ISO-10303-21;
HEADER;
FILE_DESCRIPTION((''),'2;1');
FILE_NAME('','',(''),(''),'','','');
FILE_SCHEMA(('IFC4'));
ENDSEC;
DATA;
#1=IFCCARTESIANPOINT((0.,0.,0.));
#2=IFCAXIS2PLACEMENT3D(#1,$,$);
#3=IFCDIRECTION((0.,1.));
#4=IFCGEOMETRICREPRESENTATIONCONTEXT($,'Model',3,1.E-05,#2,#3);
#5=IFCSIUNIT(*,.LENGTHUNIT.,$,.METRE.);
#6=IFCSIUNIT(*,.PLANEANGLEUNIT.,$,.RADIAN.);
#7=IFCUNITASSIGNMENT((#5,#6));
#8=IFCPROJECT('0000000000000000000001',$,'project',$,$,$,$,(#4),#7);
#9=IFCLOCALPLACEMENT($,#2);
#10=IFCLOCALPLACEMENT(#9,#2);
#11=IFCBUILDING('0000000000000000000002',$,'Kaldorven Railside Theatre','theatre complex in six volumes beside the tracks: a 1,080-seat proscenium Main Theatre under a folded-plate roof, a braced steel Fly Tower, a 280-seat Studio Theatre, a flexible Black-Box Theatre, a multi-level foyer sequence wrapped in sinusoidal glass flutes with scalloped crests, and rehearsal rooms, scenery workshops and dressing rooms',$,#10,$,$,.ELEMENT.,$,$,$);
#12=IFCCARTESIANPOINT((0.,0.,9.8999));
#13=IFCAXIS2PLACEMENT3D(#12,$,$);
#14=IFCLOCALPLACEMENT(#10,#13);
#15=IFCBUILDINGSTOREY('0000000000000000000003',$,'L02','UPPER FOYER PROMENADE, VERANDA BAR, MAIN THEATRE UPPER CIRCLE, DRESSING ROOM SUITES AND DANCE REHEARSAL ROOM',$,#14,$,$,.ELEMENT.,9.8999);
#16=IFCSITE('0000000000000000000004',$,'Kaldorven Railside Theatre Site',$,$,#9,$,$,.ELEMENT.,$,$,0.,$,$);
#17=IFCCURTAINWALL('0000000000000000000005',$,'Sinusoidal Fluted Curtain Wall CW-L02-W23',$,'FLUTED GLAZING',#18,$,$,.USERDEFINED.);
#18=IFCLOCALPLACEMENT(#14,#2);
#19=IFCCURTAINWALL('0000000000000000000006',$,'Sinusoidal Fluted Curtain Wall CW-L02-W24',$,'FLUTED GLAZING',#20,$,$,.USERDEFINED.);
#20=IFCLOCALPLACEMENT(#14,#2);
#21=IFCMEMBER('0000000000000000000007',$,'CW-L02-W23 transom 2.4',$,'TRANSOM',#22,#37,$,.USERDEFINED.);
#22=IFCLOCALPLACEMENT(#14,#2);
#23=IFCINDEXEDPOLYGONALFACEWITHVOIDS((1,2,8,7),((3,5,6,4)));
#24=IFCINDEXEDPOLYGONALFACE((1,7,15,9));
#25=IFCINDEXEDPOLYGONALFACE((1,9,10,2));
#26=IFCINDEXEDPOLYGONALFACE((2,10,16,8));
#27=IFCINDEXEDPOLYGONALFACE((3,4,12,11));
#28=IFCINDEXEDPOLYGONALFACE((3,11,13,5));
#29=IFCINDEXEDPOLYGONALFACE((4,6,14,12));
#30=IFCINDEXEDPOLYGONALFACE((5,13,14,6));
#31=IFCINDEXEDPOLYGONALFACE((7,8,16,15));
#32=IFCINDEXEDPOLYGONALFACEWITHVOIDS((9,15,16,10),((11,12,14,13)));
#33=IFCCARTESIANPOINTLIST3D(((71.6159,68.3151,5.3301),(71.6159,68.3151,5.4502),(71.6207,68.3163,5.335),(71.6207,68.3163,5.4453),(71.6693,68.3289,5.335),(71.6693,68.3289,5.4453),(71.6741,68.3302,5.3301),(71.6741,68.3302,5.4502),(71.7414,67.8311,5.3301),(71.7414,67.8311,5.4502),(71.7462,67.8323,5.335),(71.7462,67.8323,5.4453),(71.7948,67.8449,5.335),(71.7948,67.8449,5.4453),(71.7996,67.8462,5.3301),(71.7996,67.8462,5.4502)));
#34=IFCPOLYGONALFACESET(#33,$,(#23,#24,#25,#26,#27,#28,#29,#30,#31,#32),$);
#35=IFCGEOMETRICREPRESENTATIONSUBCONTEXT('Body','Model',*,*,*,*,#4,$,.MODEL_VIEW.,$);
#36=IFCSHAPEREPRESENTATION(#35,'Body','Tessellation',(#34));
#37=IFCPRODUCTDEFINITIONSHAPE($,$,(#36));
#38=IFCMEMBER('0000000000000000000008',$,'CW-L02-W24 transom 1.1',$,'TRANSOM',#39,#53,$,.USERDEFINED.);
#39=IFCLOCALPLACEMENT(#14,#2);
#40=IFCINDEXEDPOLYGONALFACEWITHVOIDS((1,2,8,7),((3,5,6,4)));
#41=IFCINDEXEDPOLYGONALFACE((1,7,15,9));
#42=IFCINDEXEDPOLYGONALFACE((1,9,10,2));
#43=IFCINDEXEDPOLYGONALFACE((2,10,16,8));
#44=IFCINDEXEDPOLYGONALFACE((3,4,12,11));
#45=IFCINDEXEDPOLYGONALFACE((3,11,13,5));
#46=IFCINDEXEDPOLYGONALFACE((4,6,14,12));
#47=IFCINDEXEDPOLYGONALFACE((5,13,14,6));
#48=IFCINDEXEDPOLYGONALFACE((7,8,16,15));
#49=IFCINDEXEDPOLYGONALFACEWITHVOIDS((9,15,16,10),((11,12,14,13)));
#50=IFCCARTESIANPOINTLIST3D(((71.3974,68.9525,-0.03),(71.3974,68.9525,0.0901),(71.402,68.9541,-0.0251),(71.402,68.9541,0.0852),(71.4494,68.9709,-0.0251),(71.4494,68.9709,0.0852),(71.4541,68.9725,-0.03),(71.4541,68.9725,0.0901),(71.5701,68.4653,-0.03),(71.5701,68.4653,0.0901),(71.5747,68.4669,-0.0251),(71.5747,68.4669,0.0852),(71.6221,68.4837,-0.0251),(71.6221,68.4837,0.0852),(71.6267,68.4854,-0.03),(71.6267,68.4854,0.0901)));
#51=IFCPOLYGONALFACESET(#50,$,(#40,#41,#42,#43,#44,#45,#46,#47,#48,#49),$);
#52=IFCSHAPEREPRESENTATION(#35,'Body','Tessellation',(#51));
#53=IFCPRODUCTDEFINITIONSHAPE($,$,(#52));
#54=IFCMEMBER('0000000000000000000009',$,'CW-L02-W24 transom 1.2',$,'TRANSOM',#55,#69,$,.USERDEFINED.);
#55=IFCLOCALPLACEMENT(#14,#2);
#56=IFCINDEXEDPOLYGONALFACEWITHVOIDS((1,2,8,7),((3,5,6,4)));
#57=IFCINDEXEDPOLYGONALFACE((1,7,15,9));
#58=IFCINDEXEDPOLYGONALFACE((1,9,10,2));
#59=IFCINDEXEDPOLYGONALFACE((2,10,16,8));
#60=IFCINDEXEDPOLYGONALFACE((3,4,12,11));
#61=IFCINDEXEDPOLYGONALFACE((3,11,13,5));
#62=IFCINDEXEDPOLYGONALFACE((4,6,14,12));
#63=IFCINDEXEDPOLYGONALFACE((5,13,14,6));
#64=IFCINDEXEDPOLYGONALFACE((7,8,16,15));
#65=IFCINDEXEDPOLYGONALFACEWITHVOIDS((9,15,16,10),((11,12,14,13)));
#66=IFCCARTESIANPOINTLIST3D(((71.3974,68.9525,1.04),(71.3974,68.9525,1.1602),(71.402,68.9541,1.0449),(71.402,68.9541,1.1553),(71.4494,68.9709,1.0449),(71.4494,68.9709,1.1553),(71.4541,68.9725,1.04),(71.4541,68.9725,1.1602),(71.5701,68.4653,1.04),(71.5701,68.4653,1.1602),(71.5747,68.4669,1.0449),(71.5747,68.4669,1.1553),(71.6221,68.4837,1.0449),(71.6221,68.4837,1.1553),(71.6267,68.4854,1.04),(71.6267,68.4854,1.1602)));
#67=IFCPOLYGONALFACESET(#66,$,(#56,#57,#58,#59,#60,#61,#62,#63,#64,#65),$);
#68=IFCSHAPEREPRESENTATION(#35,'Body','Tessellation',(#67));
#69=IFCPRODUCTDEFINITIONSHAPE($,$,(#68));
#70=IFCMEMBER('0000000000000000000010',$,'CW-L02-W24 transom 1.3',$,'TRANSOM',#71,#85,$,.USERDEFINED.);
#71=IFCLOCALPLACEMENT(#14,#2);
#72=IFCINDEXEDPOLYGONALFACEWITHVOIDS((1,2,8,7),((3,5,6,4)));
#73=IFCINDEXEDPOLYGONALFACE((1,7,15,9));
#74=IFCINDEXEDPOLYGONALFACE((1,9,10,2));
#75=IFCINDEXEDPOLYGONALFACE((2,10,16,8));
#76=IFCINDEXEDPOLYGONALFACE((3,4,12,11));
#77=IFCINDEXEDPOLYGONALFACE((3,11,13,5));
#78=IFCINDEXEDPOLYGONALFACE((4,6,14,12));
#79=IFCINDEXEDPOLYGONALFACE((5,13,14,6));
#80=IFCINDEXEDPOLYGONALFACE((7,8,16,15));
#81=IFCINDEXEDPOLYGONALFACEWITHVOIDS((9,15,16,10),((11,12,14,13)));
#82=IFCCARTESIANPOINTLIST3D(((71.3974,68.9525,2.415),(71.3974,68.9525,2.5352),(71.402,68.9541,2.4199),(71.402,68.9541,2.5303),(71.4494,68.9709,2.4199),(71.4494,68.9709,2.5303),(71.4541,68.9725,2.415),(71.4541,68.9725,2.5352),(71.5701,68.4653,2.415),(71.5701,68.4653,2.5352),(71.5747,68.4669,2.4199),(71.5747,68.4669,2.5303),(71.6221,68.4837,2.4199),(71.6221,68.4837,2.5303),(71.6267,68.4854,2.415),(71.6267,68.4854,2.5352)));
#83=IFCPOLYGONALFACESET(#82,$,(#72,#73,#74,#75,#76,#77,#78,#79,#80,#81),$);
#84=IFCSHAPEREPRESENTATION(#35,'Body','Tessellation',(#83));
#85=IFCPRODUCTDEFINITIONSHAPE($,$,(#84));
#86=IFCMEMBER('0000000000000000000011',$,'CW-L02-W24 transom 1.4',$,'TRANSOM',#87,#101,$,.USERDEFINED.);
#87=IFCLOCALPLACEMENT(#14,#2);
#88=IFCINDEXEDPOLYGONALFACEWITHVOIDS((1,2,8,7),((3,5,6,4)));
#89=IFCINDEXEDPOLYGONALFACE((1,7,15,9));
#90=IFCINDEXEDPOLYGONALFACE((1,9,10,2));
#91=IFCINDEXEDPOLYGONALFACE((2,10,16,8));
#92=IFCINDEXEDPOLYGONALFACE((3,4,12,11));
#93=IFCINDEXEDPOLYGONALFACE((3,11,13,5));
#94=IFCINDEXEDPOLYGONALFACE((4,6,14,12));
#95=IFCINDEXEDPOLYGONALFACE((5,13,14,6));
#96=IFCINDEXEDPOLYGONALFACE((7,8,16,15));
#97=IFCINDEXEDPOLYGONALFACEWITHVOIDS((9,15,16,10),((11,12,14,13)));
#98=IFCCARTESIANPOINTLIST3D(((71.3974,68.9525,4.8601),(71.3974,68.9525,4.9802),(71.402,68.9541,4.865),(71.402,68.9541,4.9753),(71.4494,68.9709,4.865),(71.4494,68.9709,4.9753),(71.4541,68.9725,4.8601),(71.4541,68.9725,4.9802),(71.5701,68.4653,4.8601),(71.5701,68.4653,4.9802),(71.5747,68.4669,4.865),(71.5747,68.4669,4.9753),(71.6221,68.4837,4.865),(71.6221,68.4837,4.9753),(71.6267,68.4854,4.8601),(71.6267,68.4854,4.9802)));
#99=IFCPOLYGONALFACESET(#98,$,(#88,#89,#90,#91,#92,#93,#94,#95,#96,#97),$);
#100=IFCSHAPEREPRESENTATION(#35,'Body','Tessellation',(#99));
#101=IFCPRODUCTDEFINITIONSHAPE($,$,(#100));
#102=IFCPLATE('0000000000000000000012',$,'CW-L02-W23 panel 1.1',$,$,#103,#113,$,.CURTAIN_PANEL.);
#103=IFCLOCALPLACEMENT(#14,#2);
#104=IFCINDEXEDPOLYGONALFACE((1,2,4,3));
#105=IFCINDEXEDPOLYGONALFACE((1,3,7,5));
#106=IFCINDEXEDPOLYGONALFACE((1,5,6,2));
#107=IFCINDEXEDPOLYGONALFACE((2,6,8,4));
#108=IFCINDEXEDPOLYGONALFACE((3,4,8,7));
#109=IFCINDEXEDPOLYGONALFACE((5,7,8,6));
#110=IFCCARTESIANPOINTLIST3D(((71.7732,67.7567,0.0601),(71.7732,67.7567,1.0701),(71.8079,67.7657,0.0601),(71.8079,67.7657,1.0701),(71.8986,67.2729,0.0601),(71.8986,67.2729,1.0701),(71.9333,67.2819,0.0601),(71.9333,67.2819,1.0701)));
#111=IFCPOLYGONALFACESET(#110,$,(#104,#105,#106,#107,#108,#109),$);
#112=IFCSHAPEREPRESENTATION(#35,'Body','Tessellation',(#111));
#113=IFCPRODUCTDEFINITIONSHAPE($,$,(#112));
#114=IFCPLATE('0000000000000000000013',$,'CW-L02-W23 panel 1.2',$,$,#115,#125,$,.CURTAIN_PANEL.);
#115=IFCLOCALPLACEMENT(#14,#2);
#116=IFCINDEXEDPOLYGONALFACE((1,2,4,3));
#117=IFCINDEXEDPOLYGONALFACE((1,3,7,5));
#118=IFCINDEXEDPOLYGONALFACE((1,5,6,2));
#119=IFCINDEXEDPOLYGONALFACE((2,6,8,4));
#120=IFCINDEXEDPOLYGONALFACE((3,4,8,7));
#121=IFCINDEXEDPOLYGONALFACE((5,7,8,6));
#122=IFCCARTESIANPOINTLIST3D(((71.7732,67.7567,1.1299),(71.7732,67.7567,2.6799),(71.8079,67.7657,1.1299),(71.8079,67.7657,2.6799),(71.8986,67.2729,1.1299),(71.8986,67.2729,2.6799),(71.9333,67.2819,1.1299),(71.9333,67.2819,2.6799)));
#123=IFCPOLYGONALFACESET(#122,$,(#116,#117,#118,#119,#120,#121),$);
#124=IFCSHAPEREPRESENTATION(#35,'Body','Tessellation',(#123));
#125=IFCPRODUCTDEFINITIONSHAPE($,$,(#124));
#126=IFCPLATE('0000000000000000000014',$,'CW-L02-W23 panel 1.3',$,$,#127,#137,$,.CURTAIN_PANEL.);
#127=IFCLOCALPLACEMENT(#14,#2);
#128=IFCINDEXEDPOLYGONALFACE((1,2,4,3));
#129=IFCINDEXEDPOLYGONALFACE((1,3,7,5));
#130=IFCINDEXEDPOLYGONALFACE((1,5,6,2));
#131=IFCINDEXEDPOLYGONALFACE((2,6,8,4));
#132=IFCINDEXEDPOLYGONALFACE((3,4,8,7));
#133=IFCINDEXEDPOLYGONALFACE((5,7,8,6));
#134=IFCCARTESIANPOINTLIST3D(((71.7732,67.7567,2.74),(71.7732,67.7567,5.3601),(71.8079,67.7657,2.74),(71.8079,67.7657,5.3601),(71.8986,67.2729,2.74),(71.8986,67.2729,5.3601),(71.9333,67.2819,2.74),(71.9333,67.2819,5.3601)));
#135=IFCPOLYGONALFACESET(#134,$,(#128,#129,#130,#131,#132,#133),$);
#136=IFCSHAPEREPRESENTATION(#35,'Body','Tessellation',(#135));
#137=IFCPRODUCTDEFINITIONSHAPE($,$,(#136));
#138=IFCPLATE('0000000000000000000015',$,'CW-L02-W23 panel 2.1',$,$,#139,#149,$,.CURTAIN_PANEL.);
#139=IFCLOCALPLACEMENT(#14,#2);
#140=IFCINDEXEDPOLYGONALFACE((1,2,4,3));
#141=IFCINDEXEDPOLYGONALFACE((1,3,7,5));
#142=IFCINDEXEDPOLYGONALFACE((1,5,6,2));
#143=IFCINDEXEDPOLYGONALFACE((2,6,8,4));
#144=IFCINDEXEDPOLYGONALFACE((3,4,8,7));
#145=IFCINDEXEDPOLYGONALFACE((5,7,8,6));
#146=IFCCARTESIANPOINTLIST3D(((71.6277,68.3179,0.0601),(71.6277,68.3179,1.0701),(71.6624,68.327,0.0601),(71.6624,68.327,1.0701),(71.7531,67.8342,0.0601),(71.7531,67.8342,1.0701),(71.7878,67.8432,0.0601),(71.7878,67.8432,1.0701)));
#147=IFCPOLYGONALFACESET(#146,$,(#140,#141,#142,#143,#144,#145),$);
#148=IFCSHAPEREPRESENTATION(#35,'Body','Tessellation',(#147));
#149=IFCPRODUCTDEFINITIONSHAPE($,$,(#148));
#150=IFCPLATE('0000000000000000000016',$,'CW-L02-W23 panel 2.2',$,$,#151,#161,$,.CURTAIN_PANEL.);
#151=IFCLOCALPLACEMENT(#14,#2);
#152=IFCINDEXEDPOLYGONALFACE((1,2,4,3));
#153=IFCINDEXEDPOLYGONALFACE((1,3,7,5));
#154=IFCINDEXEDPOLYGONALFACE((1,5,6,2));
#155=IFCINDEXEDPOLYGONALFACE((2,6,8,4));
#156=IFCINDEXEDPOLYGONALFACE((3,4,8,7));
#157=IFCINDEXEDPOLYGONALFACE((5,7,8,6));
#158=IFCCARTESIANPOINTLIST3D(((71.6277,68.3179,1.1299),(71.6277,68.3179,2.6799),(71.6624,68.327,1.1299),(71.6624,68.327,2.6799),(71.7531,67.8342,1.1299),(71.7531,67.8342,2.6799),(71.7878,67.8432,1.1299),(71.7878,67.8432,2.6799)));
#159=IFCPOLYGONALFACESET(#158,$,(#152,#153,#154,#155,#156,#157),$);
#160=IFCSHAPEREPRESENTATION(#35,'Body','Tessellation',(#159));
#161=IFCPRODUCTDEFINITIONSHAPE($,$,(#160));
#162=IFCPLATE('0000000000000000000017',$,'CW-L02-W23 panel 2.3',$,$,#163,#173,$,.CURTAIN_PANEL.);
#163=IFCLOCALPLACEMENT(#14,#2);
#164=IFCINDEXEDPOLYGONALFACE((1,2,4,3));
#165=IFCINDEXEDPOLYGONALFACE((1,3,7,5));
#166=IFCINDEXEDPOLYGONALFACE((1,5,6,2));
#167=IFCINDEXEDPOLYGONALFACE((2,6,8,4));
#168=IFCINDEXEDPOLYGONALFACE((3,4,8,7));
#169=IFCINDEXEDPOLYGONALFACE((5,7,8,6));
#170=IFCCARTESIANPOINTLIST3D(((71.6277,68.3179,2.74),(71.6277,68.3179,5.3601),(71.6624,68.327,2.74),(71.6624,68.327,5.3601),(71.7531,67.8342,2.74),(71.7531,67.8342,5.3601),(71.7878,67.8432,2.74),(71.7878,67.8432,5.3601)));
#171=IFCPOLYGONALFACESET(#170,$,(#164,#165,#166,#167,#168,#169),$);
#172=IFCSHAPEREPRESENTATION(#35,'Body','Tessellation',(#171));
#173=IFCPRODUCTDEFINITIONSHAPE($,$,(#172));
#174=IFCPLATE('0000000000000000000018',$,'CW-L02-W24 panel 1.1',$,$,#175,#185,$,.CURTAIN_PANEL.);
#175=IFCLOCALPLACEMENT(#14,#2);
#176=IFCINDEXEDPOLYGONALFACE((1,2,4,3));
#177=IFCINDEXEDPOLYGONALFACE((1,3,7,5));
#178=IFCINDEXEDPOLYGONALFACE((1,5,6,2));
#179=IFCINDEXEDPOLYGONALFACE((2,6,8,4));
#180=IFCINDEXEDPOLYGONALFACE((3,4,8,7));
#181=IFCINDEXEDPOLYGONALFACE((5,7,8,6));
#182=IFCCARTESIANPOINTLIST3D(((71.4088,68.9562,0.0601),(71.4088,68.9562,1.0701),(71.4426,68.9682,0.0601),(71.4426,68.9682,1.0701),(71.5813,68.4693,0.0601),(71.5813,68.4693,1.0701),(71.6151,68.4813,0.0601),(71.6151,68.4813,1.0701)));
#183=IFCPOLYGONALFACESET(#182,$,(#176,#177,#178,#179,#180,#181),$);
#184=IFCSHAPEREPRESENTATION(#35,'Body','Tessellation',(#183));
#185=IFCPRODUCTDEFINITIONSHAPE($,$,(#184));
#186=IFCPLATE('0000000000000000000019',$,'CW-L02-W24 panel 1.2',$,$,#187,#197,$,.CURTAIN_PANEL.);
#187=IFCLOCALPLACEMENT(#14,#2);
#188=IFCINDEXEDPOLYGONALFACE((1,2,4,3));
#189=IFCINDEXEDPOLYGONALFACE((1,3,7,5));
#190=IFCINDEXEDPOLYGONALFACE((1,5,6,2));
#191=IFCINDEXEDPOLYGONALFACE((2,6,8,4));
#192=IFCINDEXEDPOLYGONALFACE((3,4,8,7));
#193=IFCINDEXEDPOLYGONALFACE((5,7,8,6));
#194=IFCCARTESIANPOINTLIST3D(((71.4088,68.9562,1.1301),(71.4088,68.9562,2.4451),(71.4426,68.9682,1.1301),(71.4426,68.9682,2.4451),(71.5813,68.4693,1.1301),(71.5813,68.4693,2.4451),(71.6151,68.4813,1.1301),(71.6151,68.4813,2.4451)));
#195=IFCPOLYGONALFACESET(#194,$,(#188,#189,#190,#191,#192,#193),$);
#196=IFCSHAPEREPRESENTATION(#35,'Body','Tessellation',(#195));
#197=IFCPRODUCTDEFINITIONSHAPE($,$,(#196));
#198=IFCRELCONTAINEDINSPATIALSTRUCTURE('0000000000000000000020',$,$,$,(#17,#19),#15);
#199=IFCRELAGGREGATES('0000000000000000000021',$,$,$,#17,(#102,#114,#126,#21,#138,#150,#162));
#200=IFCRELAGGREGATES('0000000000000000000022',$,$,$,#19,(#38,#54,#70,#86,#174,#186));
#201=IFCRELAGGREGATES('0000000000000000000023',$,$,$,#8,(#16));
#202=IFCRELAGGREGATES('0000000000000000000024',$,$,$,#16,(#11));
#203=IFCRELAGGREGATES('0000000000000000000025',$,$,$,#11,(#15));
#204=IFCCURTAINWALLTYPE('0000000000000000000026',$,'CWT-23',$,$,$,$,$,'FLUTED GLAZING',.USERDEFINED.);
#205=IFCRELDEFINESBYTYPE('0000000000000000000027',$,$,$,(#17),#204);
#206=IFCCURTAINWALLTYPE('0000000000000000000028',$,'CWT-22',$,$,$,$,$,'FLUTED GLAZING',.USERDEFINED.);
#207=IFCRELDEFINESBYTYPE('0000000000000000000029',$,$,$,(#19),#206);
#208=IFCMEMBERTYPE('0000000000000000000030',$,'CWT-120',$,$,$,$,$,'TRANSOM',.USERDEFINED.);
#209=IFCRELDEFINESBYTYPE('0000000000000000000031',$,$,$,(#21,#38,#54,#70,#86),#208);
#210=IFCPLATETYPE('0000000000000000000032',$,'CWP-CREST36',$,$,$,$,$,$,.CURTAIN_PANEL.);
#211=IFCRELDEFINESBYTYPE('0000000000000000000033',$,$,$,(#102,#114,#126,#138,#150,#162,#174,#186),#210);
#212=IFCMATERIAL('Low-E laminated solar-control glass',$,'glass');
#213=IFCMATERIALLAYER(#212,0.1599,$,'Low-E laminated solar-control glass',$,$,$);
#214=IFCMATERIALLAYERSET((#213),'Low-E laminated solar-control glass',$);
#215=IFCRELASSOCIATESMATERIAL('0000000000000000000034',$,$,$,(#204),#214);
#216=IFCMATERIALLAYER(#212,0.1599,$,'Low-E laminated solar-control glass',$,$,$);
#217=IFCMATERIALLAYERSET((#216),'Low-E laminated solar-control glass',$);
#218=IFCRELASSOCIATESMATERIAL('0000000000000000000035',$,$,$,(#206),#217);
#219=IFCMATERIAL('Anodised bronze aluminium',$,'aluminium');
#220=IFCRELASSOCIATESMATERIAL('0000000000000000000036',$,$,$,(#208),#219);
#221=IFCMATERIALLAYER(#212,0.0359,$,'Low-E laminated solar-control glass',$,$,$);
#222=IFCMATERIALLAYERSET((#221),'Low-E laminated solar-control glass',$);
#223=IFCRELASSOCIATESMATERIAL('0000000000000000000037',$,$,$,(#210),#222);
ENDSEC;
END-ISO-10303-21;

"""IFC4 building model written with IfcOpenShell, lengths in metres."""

from ifc_helpers import new_model, si_unit, direction, frame, origin, origin_2d, place, context, subcontext, project, spatial, rectangle, hollow_rectangle, extrude, material, layer, layer_set, material_profile, profile_set, type_object, element, aggregate, save


model = new_model("IFC4")

# Units and contexts
model_context = context("Model", 3, precision=1e-05, world=origin(), true_north=direction((0.0, 1.0)))
body_context = subcontext(model_context, "Body", "Model", "MODEL_VIEW")
ifc_project = project(units=[si_unit("LENGTHUNIT", "METRE"), si_unit("PLANEANGLEUNIT", "RADIAN")], contexts=[model_context])

# Site, building, storey
site_placement = place(None, origin())
site = spatial("IfcSite", under=ifc_project, at=site_placement, Name="Kaldorven Railside Theatre Site", CompositionType="ELEMENT", RefElevation=0.0)
building_placement = place(site_placement, origin())
building = spatial("IfcBuilding", under=site, at=building_placement, Name="Kaldorven Railside Theatre", Description="theatre complex in six volumes beside the tracks: a 1,080-seat proscenium Main Theatre under a folded-plate roof, a braced steel Fly Tower, a 280-seat Studio Theatre, a flexible Black-Box Theatre, a multi-level foyer sequence wrapped in sinusoidal glass flutes with scalloped crests, and rehearsal rooms, scenery workshops and dressing rooms", CompositionType="ELEMENT")
storey_placement = place(building_placement, frame((0.0, 0.0, 9.8999)))
storey = spatial("IfcBuildingStorey", under=building, at=storey_placement, Name="L02", Description="UPPER FOYER PROMENADE, VERANDA BAR, MAIN THEATRE UPPER CIRCLE, DRESSING ROOM SUITES AND DANCE REHEARSAL ROOM", CompositionType="ELEMENT", Elevation=9.8999)

# Curtain wall
ifc_material_1 = material(Name="Low-E laminated solar-control glass", Category="glass")
ifc_layer_1 = layer(ifc_material_1, 0.1599, Name="Low-E laminated solar-control glass")
ifc_layer_set_1 = layer_set([ifc_layer_1], Name="Low-E laminated solar-control glass")
curtain_wall_type_1 = type_object("IfcCurtainWallType", Name="CWT-23", ElementType="FLUTED GLAZING", PredefinedType="USERDEFINED", material=ifc_layer_set_1)
curtain_wall_1_placement = place(storey_placement, origin())
curtain_wall_1 = element("IfcCurtainWall", 1, at=curtain_wall_1_placement, inside=storey, type_object=curtain_wall_type_1, Name="Sinusoidal Fluted Curtain Wall CW-L02-W23", ObjectType="FLUTED GLAZING", PredefinedType="USERDEFINED")
ifc_material_2 = material(Name="Anodised bronze aluminium", Category="aluminium")

# Curtain wall
ifc_layer_2 = layer(ifc_material_1, 0.1599, Name="Low-E laminated solar-control glass")
ifc_layer_set_2 = layer_set([ifc_layer_2], Name="Low-E laminated solar-control glass")
curtain_wall_type_2 = type_object("IfcCurtainWallType", Name="CWT-22", ElementType="FLUTED GLAZING", PredefinedType="USERDEFINED", material=ifc_layer_set_2)
curtain_wall_2_placement = place(storey_placement, origin())
curtain_wall_2 = element("IfcCurtainWall", 2, at=curtain_wall_2_placement, inside=storey, type_object=curtain_wall_type_2, Name="Sinusoidal Fluted Curtain Wall CW-L02-W24", ObjectType="FLUTED GLAZING", PredefinedType="USERDEFINED")

# Members
ifc_material_profile_1 = material_profile(ifc_material_2, hollow_rectangle(XDim=0.0601, YDim=0.1201, WallThickness=0.0049, at=origin_2d()), Name="RHS 120x60x5")
ifc_profile_set_1 = profile_set([ifc_material_profile_1], Name="Anodised bronze aluminium")
member_type_1 = type_object("IfcMemberType", Name="CWT-120", ElementType="TRANSOM", PredefinedType="USERDEFINED", material=ifc_profile_set_1)
member_1_placement = place(storey_placement, frame((71.7705, 67.8386, 5.3901), z_axis=(-0.25103, 0.967979, 0.0), x_axis=(-0.967979, -0.25103, 0.0)))
member_1 = element("IfcMember", 3, at=member_1_placement, type_object=member_type_1, Name="CW-L02-W23 transom 2.4", ObjectType="TRANSOM", PredefinedType="USERDEFINED", context=body_context, shape_type="SweptSolid", body=[
    extrude(hollow_rectangle(XDim=0.0601, YDim=0.1201, WallThickness=0.0049, at=origin_2d()), origin(), (0.0, 0.0, 1.0), 0.5),
])
member_2_placement = place(storey_placement, frame((71.5984, 68.4753, 0.03), z_axis=(-0.334031, 0.942562, 0.0), x_axis=(-0.942562, -0.334031, 0.0)))
member_2 = element("IfcMember", 4, at=member_2_placement, type_object=member_type_1, Name="CW-L02-W24 transom 1.1", ObjectType="TRANSOM", PredefinedType="USERDEFINED", context=body_context, shape_type="SweptSolid", body=[
    extrude(hollow_rectangle(XDim=0.0601, YDim=0.1201, WallThickness=0.0049, at=origin_2d()), origin(), (0.0, 0.0, 1.0), 0.5168),
])
member_3_placement = place(storey_placement, frame((71.5984, 68.4753, 1.1001), z_axis=(-0.334031, 0.942562, 0.0), x_axis=(-0.942562, -0.334031, 0.0)))
member_3 = element("IfcMember", 5, at=member_3_placement, type_object=member_type_1, Name="CW-L02-W24 transom 1.2", ObjectType="TRANSOM", PredefinedType="USERDEFINED", context=body_context, shape_type="SweptSolid", body=[
    extrude(hollow_rectangle(XDim=0.0601, YDim=0.1201, WallThickness=0.0049, at=origin_2d()), origin(), (0.0, 0.0, 1.0), 0.5168),
])
member_4_placement = place(storey_placement, frame((71.5984, 68.4753, 2.4751), z_axis=(-0.334031, 0.942562, 0.0), x_axis=(-0.942562, -0.334031, 0.0)))
member_4 = element("IfcMember", 6, at=member_4_placement, type_object=member_type_1, Name="CW-L02-W24 transom 1.3", ObjectType="TRANSOM", PredefinedType="USERDEFINED", context=body_context, shape_type="SweptSolid", body=[
    extrude(hollow_rectangle(XDim=0.0601, YDim=0.1201, WallThickness=0.0049, at=origin_2d()), origin(), (0.0, 0.0, 1.0), 0.5168),
])
member_5_placement = place(storey_placement, frame((71.5984, 68.4753, 4.9202), z_axis=(-0.334031, 0.942562, 0.0), x_axis=(-0.942562, -0.334031, 0.0)))
member_5 = element("IfcMember", 7, at=member_5_placement, type_object=member_type_1, Name="CW-L02-W24 transom 1.4", ObjectType="TRANSOM", PredefinedType="USERDEFINED", context=body_context, shape_type="SweptSolid", body=[
    extrude(hollow_rectangle(XDim=0.0601, YDim=0.1201, WallThickness=0.0049, at=origin_2d()), origin(), (0.0, 0.0, 1.0), 0.5168),
])

# Plates
ifc_layer_3 = layer(ifc_material_1, 0.0359, Name="Low-E laminated solar-control glass")
ifc_layer_set_3 = layer_set([ifc_layer_3], Name="Low-E laminated solar-control glass")
plate_type = type_object("IfcPlateType", Name="CWP-CREST36", PredefinedType="CURTAIN_PANEL", material=ifc_layer_set_3)
plate_1_placement = place(storey_placement, frame((71.8533, 67.5193, 0.0601), z_axis=(0.0, 0.0, 1.0), x_axis=(-0.250954, 0.967999, 0.0)))
plate_1 = element("IfcPlate", 8, at=plate_1_placement, type_object=plate_type, Name="CW-L02-W23 panel 1.1", PredefinedType="CURTAIN_PANEL", context=body_context, shape_type="SweptSolid", body=[
    extrude(rectangle(XDim=0.4998, YDim=0.0359, at=origin_2d()), origin(), (0.0, 0.0, 1.0), 1.01),
])
plate_2_placement = place(storey_placement, frame((71.8533, 67.5193, 1.1299), z_axis=(0.0, 0.0, 1.0), x_axis=(-0.250954, 0.967999, 0.0)))
plate_2 = element("IfcPlate", 9, at=plate_2_placement, type_object=plate_type, Name="CW-L02-W23 panel 1.2", PredefinedType="CURTAIN_PANEL", context=body_context, shape_type="SweptSolid", body=[
    extrude(rectangle(XDim=0.4998, YDim=0.0359, at=origin_2d()), origin(), (0.0, 0.0, 1.0), 1.55),
])
plate_3_placement = place(storey_placement, frame((71.8533, 67.5193, 2.74), z_axis=(0.0, 0.0, 1.0), x_axis=(-0.250954, 0.967999, 0.0)))
plate_3 = element("IfcPlate", 10, at=plate_3_placement, type_object=plate_type, Name="CW-L02-W23 panel 1.3", PredefinedType="CURTAIN_PANEL", context=body_context, shape_type="SweptSolid", body=[
    extrude(rectangle(XDim=0.4998, YDim=0.0359, at=origin_2d()), origin(), (0.0, 0.0, 1.0), 2.6201),
])
plate_4_placement = place(storey_placement, frame((71.7078, 68.0806, 0.0601), z_axis=(0.0, 0.0, 1.0), x_axis=(-0.250954, 0.967999, 0.0)))
plate_4 = element("IfcPlate", 11, at=plate_4_placement, type_object=plate_type, Name="CW-L02-W23 panel 2.1", PredefinedType="CURTAIN_PANEL", context=body_context, shape_type="SweptSolid", body=[
    extrude(rectangle(XDim=0.4998, YDim=0.0359, at=origin_2d()), origin(), (0.0, 0.0, 1.0), 1.01),
])
plate_5_placement = place(storey_placement, frame((71.7078, 68.0806, 1.1299), z_axis=(0.0, 0.0, 1.0), x_axis=(-0.250954, 0.967999, 0.0)))
plate_5 = element("IfcPlate", 12, at=plate_5_placement, type_object=plate_type, Name="CW-L02-W23 panel 2.2", PredefinedType="CURTAIN_PANEL", context=body_context, shape_type="SweptSolid", body=[
    extrude(rectangle(XDim=0.4998, YDim=0.0359, at=origin_2d()), origin(), (0.0, 0.0, 1.0), 1.55),
])
plate_6_placement = place(storey_placement, frame((71.7078, 68.0806, 2.74), z_axis=(0.0, 0.0, 1.0), x_axis=(-0.250954, 0.967999, 0.0)))
plate_6 = element("IfcPlate", 13, at=plate_6_placement, type_object=plate_type, Name="CW-L02-W23 panel 2.3", PredefinedType="CURTAIN_PANEL", context=body_context, shape_type="SweptSolid", body=[
    extrude(rectangle(XDim=0.4998, YDim=0.0359, at=origin_2d()), origin(), (0.0, 0.0, 1.0), 2.6201),
])
aggregate(curtain_wall_1, [plate_1, plate_2, plate_3, member_1, plate_4, plate_5, plate_6])
plate_7_placement = place(storey_placement, frame((71.512, 68.7188, 0.0601), z_axis=(0.0, 0.0, 1.0), x_axis=(-0.333847, 0.942627, 0.0)))
plate_7 = element("IfcPlate", 14, at=plate_7_placement, type_object=plate_type, Name="CW-L02-W24 panel 1.1", PredefinedType="CURTAIN_PANEL", context=body_context, shape_type="SweptSolid", body=[
    extrude(rectangle(XDim=0.5166, YDim=0.0359, at=origin_2d()), origin(), (0.0, 0.0, 1.0), 1.01),
])
plate_8_placement = place(storey_placement, frame((71.512, 68.7188, 1.1301), z_axis=(0.0, 0.0, 1.0), x_axis=(-0.333847, 0.942627, 0.0)))
plate_8 = element("IfcPlate", 15, at=plate_8_placement, type_object=plate_type, Name="CW-L02-W24 panel 1.2", PredefinedType="CURTAIN_PANEL", context=body_context, shape_type="SweptSolid", body=[
    extrude(rectangle(XDim=0.5166, YDim=0.0359, at=origin_2d()), origin(), (0.0, 0.0, 1.0), 1.3149),
])
aggregate(curtain_wall_2, [member_2, member_3, member_4, member_5, plate_7, plate_8])

save(model, "model.ifc")
